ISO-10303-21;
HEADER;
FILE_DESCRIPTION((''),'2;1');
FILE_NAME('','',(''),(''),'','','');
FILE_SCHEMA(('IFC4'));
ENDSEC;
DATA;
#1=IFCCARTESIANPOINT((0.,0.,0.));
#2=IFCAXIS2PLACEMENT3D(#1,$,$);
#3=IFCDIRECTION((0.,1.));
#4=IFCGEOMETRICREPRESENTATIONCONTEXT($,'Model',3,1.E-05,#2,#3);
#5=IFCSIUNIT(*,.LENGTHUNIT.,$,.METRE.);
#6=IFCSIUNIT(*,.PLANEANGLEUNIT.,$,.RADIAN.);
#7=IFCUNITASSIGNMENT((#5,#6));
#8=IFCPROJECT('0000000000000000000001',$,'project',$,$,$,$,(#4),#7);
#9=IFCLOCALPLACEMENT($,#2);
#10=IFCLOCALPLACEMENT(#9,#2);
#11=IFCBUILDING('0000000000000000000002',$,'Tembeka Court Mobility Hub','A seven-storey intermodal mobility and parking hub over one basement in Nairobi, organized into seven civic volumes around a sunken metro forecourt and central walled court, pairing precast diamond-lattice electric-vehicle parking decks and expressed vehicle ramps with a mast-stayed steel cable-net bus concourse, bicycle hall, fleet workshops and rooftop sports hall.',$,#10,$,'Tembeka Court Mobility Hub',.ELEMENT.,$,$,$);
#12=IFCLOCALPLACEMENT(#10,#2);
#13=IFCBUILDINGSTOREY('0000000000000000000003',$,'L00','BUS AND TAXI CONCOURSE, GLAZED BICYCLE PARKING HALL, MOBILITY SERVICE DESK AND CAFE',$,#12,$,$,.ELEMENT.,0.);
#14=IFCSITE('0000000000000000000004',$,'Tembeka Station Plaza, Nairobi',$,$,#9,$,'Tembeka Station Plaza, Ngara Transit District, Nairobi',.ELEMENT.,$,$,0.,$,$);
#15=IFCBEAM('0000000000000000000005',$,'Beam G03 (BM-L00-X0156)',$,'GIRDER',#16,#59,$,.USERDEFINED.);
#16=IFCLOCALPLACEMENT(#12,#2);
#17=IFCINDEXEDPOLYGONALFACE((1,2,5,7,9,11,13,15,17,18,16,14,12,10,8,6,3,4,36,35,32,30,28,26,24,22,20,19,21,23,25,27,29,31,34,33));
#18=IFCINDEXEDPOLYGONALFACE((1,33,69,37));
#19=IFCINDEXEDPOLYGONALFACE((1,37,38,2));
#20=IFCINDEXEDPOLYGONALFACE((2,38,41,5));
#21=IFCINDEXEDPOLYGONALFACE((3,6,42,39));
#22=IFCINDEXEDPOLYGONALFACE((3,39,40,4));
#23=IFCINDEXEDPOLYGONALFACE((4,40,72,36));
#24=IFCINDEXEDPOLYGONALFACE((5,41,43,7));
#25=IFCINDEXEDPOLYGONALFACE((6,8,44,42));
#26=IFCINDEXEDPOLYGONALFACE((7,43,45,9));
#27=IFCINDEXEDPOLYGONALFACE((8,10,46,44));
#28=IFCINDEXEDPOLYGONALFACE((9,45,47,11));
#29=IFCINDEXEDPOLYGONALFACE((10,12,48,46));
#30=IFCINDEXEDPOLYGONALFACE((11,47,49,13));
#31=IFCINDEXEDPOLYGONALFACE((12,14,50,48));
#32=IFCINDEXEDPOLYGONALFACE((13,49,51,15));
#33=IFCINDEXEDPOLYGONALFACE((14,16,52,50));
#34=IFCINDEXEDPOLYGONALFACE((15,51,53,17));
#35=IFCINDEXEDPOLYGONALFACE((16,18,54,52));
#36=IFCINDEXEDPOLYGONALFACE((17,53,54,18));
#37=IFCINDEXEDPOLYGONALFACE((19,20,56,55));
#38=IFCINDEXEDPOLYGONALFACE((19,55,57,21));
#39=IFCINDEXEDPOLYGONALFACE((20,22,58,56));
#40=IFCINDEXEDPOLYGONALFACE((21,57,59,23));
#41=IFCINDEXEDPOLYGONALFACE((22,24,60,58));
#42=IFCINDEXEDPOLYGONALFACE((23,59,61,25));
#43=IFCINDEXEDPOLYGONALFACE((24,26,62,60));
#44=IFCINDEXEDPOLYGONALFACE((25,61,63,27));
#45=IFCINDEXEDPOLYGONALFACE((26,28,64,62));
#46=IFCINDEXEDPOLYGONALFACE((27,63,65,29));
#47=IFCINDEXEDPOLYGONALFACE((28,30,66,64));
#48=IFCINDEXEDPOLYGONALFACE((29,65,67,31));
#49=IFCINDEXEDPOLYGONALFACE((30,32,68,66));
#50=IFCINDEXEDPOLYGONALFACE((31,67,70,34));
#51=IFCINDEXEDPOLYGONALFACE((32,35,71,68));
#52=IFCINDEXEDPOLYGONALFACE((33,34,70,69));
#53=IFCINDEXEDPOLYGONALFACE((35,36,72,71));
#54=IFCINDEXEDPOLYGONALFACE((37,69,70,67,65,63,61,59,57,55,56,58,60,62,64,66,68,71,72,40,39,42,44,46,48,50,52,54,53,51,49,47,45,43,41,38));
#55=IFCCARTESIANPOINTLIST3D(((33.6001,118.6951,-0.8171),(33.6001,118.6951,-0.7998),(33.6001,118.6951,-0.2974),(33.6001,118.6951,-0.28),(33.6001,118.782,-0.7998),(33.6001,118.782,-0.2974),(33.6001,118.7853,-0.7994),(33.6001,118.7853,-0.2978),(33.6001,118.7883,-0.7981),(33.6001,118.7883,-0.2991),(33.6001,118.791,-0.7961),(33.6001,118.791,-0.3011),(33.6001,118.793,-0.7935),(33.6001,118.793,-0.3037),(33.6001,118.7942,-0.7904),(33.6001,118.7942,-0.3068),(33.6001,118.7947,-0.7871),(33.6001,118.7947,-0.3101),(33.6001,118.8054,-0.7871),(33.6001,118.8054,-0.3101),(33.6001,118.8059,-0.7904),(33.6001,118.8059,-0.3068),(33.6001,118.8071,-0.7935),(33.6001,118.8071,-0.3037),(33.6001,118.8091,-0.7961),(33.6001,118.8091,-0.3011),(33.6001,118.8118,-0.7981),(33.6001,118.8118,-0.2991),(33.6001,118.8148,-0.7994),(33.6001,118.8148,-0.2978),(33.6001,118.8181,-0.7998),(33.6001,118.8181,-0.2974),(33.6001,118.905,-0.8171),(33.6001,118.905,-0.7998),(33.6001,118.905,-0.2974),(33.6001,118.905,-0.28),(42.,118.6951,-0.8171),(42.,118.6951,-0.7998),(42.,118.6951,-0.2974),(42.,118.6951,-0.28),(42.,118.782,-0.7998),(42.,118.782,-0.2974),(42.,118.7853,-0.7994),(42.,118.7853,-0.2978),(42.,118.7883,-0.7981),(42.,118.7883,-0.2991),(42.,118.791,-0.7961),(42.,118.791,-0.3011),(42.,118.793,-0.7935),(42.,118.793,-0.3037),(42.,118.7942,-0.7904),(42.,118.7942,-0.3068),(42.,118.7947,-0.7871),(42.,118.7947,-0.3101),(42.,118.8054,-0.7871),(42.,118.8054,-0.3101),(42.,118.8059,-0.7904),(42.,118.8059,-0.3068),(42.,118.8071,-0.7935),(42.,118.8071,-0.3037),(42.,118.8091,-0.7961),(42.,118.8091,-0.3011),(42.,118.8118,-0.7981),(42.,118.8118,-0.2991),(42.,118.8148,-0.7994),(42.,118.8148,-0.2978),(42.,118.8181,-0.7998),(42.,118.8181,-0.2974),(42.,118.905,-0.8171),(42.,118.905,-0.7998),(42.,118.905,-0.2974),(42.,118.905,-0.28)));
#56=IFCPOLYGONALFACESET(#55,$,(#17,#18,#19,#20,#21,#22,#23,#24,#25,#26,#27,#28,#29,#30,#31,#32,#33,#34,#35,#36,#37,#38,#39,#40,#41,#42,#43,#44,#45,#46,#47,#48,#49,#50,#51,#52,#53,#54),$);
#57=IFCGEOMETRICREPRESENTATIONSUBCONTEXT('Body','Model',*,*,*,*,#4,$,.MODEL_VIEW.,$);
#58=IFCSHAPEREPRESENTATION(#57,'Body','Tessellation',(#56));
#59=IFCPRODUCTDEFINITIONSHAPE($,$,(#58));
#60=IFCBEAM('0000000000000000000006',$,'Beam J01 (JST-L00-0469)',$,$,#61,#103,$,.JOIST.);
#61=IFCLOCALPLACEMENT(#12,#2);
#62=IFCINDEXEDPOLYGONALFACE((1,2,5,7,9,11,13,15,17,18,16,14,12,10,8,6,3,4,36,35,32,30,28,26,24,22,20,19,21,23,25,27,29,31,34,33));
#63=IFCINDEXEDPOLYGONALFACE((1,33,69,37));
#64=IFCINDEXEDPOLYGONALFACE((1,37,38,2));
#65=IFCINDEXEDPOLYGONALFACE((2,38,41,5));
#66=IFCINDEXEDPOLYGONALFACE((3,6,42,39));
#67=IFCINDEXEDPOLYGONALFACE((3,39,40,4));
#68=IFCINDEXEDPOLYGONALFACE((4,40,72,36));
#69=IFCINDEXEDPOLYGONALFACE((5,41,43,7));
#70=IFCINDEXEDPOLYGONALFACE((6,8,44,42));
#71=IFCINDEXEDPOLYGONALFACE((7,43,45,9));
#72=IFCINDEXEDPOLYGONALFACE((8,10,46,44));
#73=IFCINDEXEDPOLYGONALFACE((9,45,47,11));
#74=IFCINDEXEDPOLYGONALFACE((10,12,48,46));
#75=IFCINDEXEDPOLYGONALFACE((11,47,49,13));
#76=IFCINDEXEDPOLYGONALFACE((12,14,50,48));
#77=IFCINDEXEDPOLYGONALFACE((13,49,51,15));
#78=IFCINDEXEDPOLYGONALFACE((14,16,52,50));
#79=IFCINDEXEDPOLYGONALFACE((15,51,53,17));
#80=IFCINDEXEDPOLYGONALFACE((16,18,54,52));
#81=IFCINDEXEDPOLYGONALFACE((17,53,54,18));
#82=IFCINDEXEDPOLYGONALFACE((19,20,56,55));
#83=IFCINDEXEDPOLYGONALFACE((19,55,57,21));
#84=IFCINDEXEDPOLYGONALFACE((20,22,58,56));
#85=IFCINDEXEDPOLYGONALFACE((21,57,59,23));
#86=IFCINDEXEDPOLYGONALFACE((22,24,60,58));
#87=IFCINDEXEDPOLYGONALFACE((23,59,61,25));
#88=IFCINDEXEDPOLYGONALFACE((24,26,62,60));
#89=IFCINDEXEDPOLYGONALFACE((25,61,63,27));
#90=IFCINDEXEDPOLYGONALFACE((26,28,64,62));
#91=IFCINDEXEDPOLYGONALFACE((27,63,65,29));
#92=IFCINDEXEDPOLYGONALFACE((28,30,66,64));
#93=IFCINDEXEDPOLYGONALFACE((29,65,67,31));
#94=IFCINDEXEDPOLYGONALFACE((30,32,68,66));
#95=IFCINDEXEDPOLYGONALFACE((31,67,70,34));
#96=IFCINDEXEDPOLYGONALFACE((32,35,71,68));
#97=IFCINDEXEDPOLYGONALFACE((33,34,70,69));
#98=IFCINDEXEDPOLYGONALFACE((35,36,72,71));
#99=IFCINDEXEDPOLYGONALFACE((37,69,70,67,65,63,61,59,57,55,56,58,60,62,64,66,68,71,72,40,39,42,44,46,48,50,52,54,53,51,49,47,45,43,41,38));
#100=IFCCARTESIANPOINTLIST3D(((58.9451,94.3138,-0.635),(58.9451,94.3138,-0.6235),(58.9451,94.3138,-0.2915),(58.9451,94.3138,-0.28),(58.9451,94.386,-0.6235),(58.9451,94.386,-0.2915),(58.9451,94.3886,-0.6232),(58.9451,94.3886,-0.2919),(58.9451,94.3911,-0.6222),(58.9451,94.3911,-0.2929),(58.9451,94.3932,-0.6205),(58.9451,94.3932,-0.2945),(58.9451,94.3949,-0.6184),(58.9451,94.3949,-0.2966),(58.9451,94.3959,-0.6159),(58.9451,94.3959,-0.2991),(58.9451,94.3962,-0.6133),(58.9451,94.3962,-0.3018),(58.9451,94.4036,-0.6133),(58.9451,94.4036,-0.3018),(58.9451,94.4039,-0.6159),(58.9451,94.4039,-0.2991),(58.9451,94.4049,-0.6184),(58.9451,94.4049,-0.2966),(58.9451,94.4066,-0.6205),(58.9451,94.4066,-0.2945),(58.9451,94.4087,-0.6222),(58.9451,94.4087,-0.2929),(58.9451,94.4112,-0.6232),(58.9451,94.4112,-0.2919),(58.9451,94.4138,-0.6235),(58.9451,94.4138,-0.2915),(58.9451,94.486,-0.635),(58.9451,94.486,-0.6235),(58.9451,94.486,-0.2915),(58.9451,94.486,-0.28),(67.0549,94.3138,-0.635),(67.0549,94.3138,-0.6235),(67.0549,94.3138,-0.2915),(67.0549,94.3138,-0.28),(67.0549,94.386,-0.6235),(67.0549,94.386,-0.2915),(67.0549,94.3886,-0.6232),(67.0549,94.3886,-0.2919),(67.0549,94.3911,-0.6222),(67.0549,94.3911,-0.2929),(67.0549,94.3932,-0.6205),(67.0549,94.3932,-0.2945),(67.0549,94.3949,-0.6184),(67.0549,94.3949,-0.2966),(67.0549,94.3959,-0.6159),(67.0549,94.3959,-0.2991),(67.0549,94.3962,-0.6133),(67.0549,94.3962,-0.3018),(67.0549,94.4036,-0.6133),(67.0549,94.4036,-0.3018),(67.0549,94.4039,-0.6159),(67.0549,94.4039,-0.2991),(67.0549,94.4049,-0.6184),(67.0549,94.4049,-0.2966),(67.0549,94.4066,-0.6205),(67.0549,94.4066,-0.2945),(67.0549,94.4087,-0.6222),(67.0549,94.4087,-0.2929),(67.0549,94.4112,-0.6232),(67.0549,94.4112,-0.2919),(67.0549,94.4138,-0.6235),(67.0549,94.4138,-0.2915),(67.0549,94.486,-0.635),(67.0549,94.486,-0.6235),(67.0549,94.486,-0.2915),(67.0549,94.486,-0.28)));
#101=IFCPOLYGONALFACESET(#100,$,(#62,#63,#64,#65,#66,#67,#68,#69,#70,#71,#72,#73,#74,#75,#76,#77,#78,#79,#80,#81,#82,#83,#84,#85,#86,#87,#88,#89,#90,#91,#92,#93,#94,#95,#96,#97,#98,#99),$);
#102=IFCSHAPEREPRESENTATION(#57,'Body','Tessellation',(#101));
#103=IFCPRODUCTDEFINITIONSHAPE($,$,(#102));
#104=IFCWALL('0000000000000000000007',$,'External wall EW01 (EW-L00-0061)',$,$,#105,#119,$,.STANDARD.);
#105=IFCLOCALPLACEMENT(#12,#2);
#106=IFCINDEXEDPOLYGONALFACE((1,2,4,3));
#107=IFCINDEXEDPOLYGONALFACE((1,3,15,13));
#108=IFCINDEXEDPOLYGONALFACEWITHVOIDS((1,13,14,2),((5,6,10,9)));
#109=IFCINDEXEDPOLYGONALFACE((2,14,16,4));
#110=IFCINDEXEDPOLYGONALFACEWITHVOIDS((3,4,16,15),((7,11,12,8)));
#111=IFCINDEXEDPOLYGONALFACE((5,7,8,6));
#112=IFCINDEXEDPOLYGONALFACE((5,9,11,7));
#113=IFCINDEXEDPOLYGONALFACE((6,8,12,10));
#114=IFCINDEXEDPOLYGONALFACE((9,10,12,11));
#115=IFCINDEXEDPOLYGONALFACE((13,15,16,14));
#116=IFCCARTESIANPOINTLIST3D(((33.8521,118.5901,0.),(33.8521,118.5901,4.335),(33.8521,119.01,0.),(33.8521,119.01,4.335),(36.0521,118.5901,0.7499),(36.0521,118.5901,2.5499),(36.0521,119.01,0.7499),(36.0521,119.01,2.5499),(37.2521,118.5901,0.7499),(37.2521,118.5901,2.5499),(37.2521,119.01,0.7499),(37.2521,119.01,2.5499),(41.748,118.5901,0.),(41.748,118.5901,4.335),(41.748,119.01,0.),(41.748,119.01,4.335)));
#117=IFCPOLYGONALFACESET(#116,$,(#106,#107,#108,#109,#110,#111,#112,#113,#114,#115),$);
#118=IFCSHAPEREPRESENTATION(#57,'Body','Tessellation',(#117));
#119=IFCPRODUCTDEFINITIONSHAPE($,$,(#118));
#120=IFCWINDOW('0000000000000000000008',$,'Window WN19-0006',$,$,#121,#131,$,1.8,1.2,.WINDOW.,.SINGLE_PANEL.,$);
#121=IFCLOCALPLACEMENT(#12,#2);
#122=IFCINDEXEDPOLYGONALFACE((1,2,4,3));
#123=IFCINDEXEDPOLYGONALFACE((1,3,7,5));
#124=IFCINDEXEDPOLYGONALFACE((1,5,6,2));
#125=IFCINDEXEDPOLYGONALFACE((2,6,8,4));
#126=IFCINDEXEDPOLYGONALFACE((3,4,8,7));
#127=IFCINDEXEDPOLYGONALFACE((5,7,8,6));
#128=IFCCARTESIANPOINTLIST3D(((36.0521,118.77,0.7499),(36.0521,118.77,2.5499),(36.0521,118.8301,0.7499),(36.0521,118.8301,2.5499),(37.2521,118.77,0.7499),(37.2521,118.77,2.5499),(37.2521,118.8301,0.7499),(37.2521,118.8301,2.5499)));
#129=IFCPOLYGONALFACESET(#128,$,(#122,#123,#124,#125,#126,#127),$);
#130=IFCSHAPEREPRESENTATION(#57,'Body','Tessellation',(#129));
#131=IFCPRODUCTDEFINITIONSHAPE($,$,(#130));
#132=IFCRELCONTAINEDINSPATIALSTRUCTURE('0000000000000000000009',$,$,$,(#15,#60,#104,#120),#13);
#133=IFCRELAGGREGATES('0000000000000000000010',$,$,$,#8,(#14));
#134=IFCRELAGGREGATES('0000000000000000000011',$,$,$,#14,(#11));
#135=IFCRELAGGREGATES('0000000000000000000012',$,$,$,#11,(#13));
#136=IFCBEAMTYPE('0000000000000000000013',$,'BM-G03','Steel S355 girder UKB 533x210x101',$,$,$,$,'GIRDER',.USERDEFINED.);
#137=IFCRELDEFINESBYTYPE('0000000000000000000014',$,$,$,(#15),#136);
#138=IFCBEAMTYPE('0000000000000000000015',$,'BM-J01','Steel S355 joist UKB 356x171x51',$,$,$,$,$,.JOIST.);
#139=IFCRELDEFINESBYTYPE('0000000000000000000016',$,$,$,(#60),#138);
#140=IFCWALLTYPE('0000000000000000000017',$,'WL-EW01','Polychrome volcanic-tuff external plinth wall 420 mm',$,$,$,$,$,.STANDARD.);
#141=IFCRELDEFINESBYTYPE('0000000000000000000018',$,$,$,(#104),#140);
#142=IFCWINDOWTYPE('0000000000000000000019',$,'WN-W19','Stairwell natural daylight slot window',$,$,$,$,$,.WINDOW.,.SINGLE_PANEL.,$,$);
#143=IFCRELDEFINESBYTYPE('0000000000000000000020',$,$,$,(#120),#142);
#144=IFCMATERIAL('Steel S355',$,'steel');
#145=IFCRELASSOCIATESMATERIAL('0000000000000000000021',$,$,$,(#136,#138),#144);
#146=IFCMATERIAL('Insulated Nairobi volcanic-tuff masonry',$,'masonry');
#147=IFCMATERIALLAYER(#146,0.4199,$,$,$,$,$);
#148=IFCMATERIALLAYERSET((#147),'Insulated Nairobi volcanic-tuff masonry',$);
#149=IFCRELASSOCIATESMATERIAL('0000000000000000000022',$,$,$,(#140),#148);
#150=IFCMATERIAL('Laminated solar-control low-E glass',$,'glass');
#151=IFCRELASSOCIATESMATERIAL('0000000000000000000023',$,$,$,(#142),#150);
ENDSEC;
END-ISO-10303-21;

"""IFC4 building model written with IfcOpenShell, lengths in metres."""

from ifc_helpers import new_model, si_unit, direction, frame, frame_2d, origin, origin_2d, place, context, subcontext, project, spatial, rectangle, i_section, extrude, material, layer, layer_set, material_profile, profile_set, type_object, element, fill, save


model = new_model("IFC4")

# Units and contexts
model_context = context("Model", 3, precision=1e-05, world=origin(), true_north=direction((0.0, 1.0)))
body_context = subcontext(model_context, "Body", "Model", "MODEL_VIEW")
ifc_project = project(units=[si_unit("LENGTHUNIT", "METRE"), si_unit("PLANEANGLEUNIT", "RADIAN")], contexts=[model_context])

# Site, building, storey
site_placement = place(None, origin())
site = spatial("IfcSite", under=ifc_project, at=site_placement, Name="Tembeka Station Plaza, Nairobi", LongName="Tembeka Station Plaza, Ngara Transit District, Nairobi", CompositionType="ELEMENT", RefElevation=0.0)
building_placement = place(site_placement, origin())
building = spatial("IfcBuilding", under=site, at=building_placement, Name="Tembeka Court Mobility Hub", Description="A seven-storey intermodal mobility and parking hub over one basement in Nairobi, organized into seven civic volumes around a sunken metro forecourt and central walled court, pairing precast diamond-lattice electric-vehicle parking decks and expressed vehicle ramps with a mast-stayed steel cable-net bus concourse, bicycle hall, fleet workshops and rooftop sports hall.", LongName="Tembeka Court Mobility Hub", CompositionType="ELEMENT")
storey_placement = place(building_placement, origin())
storey = spatial("IfcBuildingStorey", under=building, at=storey_placement, Name="L00", Description="BUS AND TAXI CONCOURSE, GLAZED BICYCLE PARKING HALL, MOBILITY SERVICE DESK AND CAFE", CompositionType="ELEMENT", Elevation=0.0)

# Shared definitions
ifc_material_1 = material(Name="Steel S355", Category="steel")

# Beams
ifc_material_profile_1 = material_profile(ifc_material_1, i_section(OverallWidth=0.21, OverallDepth=0.5371, WebThickness=0.0107, FlangeThickness=0.0173, FilletRadius=0.0127, at=origin_2d()), Name="UKB 533x210x101")
ifc_profile_set_1 = profile_set([ifc_material_profile_1], Name="Steel S355")
beam_type_1 = type_object("IfcBeamType", Name="BM-G03", Description="Steel S355 girder UKB 533x210x101", ElementType="GIRDER", PredefinedType="USERDEFINED", material=ifc_profile_set_1)
for number, where, z_axis, x_axis, name in (
    (1, (33.6001, 118.8, -0.5486), (1.0, 0.0, 0.0), (0.0, 1.0, 0.0), "Beam G03 (BM-L00-X0156)"),
):
    element("IfcBeam", number, at=place(storey_placement, frame(where, z_axis=z_axis, x_axis=x_axis)), inside=storey, type_object=beam_type_1, Name=name, ObjectType="GIRDER", PredefinedType="USERDEFINED", context=body_context, shape_type="SweptSolid", body=[
        extrude(i_section(OverallWidth=0.21, OverallDepth=0.5371, WebThickness=0.0107, FlangeThickness=0.0173, FilletRadius=0.0127, at=origin_2d()), origin(), (0.0, 0.0, 1.0), 8.3999),
    ])
ifc_material_profile_2 = material_profile(ifc_material_1, i_section(OverallWidth=0.1721, OverallDepth=0.355, WebThickness=0.0073, FlangeThickness=0.0115, FilletRadius=0.0103, at=origin_2d()), Name="UKB 356x171x51")
ifc_profile_set_2 = profile_set([ifc_material_profile_2], Name="Steel S355")
beam_type_2 = type_object("IfcBeamType", Name="BM-J01", Description="Steel S355 joist UKB 356x171x51", PredefinedType="JOIST", material=ifc_profile_set_2)
beam_1_placement = place(storey_placement, frame((58.9451, 94.3999, -0.4575), z_axis=(1.0, 0.0, 0.0), x_axis=(0.0, 1.0, 0.0)))
element("IfcBeam", 2, at=beam_1_placement, inside=storey, type_object=beam_type_2, Name="Beam J01 (JST-L00-0469)", PredefinedType="JOIST", context=body_context, shape_type="SweptSolid", body=[
    extrude(i_section(OverallWidth=0.1721, OverallDepth=0.355, WebThickness=0.0073, FlangeThickness=0.0115, FilletRadius=0.0103, at=origin_2d()), origin(), (0.0, 0.0, 1.0), 8.1099),
])

# Wall, opening, window
ifc_material_2 = material(Name="Insulated Nairobi volcanic-tuff masonry", Category="masonry")
ifc_layer = layer(ifc_material_2, 0.4199)
ifc_layer_set = layer_set([ifc_layer], Name="Insulated Nairobi volcanic-tuff masonry")
wall_type = type_object("IfcWallType", Name="WL-EW01", Description="Polychrome volcanic-tuff external plinth wall 420 mm", PredefinedType="STANDARD", material=ifc_layer_set)
wall_placement = place(storey_placement, frame((33.8521, 118.8, 0.0), z_axis=(0.0, 0.0, 1.0), x_axis=(1.0, 0.0, 0.0)))
wall = element("IfcWall", 3, at=wall_placement, inside=storey, type_object=wall_type, Name="External wall EW01 (EW-L00-0061)", PredefinedType="STANDARD", context=body_context, shape_type="SweptSolid", body=[
    extrude(rectangle(XDim=7.896, YDim=0.4199, at=frame_2d((3.948, 0.0))), origin(), (0.0, 0.0, 1.0), 4.335),
])
opening_placement = place(wall_placement, frame((2.2, 0.0, 0.75)))
opening = element("IfcOpeningElement", 4, at=opening_placement, cuts=wall, PredefinedType="OPENING", context=body_context, shape_type="SweptSolid", body=[
    extrude(rectangle(XDim=1.2, YDim=1.8, at=frame_2d((0.6001, 0.8999))), frame((0.0, 0.22, 0.0), z_axis=(0.0, -1.0, 0.0), x_axis=(1.0, 0.0, 0.0)), (0.0, 0.0, 1.0), 0.4399),
])
ifc_material_3 = material(Name="Laminated solar-control low-E glass", Category="glass")
window_type = type_object("IfcWindowType", Name="WN-W19", Description="Stairwell natural daylight slot window", PartitioningType="SINGLE_PANEL", PredefinedType="WINDOW", material=ifc_material_3)
window_placement = place(opening_placement, origin())
window = element("IfcWindow", 5, at=window_placement, inside=storey, type_object=window_type, Name="Window WN19-0006", OverallHeight=1.8, OverallWidth=1.2, PartitioningType="SINGLE_PANEL", PredefinedType="WINDOW", context=body_context, shape_type="SweptSolid", body=[
    extrude(rectangle(XDim=1.2, YDim=1.8, at=frame_2d((0.6001, 0.8999))), frame((0.0, 0.03, 0.0), z_axis=(0.0, -1.0, 0.0), x_axis=(1.0, 0.0, 0.0)), (0.0, 0.0, 1.0), 0.0601),
])
fill(opening, window)

save(model, "model.ifc")
